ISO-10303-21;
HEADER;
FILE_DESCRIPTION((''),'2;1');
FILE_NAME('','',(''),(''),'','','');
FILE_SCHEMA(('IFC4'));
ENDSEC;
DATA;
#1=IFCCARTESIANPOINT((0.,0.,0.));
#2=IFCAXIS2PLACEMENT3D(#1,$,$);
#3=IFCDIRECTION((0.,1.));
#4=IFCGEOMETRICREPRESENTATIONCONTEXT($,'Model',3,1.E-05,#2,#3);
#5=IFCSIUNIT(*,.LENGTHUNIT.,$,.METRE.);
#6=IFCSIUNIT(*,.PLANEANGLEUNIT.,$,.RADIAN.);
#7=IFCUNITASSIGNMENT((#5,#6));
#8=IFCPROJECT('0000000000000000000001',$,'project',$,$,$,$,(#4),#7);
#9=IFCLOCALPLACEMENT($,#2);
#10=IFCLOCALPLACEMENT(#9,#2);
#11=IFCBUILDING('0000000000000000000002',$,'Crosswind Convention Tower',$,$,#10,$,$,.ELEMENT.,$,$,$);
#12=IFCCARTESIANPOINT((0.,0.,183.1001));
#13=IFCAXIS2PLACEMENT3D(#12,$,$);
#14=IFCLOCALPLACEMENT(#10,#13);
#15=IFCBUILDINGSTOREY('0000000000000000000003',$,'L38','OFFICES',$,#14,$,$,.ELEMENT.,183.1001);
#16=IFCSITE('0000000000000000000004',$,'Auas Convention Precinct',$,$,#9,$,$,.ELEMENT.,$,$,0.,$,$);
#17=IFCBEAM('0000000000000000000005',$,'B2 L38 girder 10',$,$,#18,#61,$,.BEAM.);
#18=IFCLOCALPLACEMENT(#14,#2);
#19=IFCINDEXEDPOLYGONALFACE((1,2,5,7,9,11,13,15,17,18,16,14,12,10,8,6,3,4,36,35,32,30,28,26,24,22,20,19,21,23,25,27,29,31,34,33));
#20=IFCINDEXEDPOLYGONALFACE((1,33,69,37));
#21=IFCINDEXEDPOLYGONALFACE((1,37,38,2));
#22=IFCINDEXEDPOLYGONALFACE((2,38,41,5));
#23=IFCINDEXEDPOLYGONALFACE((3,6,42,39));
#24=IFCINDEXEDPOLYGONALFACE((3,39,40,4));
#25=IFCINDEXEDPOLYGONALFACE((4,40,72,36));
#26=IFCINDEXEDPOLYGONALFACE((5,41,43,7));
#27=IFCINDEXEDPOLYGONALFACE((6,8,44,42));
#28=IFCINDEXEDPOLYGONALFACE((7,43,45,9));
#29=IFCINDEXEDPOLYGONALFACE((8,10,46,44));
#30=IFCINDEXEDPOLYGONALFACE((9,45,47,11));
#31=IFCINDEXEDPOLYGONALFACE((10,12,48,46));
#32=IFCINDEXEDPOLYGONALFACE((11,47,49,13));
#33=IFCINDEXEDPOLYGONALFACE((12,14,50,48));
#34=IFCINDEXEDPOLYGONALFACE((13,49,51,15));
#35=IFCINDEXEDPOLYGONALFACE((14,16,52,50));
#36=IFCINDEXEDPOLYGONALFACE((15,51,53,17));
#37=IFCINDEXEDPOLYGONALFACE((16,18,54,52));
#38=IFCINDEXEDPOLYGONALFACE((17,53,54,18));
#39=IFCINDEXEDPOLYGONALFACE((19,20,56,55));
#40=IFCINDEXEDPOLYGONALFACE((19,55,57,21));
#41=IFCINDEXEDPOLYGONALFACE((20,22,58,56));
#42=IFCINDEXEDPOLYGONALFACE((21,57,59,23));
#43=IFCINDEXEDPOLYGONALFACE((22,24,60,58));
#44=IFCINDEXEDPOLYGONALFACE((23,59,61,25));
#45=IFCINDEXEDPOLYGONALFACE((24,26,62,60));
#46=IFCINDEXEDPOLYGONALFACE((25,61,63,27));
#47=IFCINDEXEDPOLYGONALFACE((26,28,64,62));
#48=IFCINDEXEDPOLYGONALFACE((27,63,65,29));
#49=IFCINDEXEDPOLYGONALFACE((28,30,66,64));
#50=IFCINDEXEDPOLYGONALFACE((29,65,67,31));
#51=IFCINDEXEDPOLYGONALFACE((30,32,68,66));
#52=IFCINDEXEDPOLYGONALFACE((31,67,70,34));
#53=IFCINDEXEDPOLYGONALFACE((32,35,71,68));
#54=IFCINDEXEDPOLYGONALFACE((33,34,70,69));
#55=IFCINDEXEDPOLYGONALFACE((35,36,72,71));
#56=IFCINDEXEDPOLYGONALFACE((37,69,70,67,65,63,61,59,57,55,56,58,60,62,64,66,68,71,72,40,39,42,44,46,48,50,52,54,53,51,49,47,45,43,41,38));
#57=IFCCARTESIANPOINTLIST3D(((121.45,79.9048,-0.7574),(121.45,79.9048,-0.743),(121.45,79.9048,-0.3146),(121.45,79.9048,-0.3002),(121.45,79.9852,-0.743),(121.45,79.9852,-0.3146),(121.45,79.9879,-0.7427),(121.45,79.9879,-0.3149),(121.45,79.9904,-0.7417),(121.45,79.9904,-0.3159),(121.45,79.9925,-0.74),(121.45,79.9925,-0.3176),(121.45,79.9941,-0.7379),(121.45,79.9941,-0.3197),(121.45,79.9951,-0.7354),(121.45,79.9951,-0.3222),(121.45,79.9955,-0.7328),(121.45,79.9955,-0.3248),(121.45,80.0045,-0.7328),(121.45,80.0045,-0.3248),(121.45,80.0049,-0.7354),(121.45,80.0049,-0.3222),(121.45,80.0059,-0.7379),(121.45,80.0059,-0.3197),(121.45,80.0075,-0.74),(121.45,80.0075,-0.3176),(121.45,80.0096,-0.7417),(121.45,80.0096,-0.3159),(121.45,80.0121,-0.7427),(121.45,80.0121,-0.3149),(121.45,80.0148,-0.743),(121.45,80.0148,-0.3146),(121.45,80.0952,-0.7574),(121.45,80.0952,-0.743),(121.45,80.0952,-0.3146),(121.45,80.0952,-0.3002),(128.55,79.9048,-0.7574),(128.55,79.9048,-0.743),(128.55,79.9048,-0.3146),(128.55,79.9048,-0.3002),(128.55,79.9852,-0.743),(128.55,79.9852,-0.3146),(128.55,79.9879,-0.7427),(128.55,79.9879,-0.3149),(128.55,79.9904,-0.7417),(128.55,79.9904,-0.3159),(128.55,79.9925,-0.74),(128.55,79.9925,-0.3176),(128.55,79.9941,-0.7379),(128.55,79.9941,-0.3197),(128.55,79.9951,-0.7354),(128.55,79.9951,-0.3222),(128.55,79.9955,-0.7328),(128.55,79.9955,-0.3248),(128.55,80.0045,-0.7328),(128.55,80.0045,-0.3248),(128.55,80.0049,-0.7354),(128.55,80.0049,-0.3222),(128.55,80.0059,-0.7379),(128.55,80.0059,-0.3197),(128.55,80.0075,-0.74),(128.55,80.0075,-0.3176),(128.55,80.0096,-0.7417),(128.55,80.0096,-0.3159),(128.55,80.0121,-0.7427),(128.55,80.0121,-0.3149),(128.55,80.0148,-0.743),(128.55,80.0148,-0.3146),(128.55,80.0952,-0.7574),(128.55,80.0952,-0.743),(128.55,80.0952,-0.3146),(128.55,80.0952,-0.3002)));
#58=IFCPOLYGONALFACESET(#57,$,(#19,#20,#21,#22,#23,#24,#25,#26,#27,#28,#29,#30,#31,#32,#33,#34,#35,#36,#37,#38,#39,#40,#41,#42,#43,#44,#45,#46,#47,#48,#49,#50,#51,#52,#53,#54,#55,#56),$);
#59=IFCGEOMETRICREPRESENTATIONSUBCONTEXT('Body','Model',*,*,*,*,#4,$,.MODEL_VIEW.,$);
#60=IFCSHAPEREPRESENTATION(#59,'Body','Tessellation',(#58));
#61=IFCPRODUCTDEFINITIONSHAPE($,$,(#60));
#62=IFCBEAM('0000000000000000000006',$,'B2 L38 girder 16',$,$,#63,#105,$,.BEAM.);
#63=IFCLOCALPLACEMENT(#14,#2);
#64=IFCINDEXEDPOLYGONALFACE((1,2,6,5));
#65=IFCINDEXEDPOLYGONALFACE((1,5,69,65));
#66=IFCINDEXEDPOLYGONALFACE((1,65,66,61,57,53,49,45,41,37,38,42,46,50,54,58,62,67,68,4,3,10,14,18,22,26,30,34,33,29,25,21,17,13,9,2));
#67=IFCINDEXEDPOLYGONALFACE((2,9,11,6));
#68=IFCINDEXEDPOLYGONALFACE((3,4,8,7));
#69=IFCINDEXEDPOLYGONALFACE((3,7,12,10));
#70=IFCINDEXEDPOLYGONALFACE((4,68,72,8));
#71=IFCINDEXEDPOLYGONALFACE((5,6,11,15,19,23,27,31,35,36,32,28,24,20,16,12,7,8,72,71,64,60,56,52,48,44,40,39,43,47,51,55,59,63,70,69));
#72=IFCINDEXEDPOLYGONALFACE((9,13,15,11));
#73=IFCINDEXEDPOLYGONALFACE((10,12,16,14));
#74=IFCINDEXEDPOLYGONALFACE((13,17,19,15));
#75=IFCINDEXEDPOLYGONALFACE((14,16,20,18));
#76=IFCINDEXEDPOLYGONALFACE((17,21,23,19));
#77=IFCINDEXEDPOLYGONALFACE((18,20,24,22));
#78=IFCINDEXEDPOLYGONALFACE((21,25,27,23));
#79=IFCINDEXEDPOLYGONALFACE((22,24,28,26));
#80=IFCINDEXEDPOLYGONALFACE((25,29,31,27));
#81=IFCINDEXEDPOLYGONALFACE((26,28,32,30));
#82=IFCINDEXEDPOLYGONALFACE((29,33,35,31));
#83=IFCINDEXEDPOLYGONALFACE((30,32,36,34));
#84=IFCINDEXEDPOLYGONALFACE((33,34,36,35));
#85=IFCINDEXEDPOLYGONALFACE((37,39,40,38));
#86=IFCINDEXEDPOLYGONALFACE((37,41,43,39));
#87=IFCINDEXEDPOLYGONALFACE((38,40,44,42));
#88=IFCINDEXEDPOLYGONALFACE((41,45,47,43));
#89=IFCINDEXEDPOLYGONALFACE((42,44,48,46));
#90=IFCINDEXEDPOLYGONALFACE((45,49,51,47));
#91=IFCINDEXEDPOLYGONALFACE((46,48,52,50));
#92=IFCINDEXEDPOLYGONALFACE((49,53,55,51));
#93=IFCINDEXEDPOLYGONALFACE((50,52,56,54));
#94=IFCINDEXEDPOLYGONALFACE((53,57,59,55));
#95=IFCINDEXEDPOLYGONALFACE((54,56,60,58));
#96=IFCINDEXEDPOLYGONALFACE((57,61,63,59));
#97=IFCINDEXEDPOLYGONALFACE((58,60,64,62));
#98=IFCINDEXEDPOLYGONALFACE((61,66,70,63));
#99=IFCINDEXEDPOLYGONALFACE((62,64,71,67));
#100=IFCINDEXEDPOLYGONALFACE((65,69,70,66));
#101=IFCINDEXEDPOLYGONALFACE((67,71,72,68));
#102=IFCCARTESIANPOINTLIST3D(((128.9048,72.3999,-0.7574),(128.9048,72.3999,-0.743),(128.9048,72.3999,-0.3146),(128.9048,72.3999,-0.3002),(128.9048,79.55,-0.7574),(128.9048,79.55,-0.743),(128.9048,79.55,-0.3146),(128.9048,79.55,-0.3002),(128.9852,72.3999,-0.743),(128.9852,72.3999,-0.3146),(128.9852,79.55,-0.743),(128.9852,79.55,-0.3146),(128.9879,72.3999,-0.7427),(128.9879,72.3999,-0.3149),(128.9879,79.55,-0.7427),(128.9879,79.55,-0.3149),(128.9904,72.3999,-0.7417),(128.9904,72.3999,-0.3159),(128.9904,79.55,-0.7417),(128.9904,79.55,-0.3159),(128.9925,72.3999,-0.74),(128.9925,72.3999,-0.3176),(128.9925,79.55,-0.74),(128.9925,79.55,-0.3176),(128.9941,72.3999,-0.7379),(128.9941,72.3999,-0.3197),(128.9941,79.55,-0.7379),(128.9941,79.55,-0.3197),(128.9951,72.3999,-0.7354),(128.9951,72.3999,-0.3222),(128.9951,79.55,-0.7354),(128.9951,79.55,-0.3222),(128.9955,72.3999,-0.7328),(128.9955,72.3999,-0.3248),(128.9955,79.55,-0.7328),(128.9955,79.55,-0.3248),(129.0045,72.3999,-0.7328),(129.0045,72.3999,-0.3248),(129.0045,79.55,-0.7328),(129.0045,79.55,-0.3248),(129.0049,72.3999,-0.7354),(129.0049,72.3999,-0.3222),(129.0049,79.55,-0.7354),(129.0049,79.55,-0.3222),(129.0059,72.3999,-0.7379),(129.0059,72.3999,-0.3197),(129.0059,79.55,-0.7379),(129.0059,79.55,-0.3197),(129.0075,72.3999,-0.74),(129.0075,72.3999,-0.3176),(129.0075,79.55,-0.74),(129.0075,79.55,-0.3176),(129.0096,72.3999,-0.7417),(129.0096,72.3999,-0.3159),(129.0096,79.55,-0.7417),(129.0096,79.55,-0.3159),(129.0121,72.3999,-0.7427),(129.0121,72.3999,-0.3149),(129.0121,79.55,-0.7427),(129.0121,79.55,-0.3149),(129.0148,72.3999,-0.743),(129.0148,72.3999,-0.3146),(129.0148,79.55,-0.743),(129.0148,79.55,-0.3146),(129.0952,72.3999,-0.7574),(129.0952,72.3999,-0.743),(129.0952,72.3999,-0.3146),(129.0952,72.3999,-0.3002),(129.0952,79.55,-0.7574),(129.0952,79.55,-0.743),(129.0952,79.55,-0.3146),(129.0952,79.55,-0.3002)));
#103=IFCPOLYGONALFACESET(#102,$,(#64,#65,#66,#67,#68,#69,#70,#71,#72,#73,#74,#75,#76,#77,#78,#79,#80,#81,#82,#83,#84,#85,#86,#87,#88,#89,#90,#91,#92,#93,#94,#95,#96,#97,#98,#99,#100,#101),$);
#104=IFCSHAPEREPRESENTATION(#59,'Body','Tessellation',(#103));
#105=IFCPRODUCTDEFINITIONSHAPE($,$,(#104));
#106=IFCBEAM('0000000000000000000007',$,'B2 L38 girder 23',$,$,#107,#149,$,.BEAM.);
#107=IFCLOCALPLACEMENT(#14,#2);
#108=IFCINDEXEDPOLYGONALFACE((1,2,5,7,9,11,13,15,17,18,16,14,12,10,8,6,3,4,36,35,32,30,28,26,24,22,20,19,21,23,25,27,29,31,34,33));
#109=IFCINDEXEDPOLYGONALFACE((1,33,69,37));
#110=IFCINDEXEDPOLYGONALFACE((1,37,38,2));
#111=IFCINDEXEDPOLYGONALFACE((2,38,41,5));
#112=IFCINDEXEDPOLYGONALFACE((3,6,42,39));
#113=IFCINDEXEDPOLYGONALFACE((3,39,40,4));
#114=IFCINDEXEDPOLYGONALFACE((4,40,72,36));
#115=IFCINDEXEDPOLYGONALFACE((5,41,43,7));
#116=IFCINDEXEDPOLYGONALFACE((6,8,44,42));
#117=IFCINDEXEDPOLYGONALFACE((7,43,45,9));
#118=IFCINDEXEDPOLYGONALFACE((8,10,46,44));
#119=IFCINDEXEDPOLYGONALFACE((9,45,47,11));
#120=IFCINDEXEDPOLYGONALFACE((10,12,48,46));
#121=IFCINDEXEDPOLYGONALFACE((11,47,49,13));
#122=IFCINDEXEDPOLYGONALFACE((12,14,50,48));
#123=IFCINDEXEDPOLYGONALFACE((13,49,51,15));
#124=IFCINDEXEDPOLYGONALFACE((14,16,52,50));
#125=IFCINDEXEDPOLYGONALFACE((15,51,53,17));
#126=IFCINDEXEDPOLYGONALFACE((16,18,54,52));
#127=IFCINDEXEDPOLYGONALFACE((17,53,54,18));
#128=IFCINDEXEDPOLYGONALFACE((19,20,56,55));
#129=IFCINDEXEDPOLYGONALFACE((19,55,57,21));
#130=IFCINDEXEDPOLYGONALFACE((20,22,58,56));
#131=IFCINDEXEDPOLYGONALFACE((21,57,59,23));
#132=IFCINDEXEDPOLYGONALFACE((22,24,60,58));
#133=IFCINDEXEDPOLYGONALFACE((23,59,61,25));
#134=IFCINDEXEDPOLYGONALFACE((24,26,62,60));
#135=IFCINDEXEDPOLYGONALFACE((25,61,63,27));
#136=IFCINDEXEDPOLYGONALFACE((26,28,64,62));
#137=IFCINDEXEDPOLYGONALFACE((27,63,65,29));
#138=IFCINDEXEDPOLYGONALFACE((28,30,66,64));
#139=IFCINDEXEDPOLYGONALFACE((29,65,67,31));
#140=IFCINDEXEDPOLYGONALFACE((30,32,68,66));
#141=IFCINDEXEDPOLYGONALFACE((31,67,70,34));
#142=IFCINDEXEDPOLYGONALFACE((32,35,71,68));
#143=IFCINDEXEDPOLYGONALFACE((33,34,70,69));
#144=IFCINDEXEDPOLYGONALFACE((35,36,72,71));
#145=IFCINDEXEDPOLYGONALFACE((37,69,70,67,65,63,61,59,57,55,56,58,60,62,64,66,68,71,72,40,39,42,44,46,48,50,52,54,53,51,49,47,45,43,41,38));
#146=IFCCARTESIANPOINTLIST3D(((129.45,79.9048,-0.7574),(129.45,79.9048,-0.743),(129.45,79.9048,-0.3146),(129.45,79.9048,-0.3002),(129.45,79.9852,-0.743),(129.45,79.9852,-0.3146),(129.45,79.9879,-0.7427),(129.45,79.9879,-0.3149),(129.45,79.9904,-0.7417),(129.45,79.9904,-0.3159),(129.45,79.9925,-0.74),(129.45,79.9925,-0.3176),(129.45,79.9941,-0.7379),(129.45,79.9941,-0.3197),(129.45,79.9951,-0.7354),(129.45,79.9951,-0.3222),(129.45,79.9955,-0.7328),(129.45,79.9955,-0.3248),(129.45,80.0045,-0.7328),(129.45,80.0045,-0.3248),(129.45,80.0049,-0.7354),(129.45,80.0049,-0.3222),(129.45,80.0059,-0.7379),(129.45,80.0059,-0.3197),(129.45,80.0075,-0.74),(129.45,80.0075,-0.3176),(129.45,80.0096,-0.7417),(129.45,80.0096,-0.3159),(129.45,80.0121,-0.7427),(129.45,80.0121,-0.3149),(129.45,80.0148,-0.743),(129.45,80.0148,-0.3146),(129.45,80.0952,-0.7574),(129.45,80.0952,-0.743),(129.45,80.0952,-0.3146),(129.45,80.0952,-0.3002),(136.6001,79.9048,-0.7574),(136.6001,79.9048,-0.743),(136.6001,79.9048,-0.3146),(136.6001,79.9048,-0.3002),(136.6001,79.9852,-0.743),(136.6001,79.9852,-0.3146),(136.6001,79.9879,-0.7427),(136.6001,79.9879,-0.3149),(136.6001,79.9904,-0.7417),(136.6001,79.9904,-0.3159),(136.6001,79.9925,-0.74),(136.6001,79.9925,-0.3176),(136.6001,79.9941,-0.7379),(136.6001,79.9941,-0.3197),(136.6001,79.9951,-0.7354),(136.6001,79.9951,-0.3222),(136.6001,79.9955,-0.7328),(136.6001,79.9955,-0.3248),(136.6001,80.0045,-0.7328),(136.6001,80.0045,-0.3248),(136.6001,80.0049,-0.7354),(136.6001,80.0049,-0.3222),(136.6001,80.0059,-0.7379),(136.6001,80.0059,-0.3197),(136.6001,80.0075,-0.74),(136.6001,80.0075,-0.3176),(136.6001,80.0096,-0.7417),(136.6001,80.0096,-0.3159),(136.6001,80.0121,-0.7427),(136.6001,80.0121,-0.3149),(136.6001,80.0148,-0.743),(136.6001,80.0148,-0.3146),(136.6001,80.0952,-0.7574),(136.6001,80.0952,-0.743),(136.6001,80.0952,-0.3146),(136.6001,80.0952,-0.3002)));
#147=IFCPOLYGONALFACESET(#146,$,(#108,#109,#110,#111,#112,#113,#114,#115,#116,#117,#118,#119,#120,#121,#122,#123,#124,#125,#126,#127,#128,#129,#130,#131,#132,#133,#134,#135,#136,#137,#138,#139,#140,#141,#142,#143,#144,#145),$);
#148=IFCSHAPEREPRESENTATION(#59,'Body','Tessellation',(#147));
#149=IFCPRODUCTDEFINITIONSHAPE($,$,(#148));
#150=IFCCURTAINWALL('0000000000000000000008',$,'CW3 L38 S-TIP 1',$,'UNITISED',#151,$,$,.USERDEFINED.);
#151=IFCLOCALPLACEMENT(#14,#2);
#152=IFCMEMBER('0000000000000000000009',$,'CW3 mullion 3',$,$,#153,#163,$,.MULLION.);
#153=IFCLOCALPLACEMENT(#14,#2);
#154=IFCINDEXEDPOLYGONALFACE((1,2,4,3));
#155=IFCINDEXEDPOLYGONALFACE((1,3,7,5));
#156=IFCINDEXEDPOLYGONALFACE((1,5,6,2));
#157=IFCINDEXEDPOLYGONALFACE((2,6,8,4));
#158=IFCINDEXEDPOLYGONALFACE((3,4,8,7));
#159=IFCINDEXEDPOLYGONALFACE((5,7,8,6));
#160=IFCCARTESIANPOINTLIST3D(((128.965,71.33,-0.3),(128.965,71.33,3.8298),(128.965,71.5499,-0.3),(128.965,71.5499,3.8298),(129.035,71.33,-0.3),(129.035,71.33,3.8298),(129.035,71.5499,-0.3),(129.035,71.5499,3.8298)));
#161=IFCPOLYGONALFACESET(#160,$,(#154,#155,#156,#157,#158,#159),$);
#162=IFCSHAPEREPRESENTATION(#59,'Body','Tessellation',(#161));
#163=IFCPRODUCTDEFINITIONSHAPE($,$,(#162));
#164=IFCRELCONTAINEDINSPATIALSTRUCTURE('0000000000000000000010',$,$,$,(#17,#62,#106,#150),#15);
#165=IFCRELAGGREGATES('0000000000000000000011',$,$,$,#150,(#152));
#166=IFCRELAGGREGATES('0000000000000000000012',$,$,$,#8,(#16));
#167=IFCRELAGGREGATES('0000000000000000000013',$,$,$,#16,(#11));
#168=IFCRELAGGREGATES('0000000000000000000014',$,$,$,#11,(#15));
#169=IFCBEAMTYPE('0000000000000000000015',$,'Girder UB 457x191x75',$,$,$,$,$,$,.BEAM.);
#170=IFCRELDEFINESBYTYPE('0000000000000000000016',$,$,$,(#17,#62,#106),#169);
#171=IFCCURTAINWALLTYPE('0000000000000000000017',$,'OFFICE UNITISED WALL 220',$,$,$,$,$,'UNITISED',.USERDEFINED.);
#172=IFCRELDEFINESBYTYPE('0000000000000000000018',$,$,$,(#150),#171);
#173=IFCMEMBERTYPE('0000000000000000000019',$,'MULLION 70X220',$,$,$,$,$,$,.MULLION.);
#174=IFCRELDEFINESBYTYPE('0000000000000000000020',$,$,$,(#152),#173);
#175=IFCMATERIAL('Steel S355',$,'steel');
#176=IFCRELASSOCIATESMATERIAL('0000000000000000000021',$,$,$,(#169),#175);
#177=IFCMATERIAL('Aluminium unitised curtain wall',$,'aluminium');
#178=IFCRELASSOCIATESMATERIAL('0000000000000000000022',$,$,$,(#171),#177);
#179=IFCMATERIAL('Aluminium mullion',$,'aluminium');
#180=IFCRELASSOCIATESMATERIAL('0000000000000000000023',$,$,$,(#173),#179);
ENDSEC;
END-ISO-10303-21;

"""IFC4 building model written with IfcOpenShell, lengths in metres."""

from ifc_helpers import new_model, si_unit, direction, frame, origin, origin_2d, place, context, subcontext, project, spatial, rectangle, i_section, extrude, material, material_profile, profile_set, type_object, element, aggregate, save


model = new_model("IFC4")

# Units and contexts
model_context = context("Model", 3, precision=1e-05, world=origin(), true_north=direction((0.0, 1.0)))
body_context = subcontext(model_context, "Body", "Model", "MODEL_VIEW")
ifc_project = project(units=[si_unit("LENGTHUNIT", "METRE"), si_unit("PLANEANGLEUNIT", "RADIAN")], contexts=[model_context])

# Site, building, storey
site_placement = place(None, origin())
site = spatial("IfcSite", under=ifc_project, at=site_placement, Name="Auas Convention Precinct", CompositionType="ELEMENT", RefElevation=0.0)
building_placement = place(site_placement, origin())
building = spatial("IfcBuilding", under=site, at=building_placement, Name="Crosswind Convention Tower", CompositionType="ELEMENT")
storey_placement = place(building_placement, frame((0.0, 0.0, 183.1001)))
storey = spatial("IfcBuildingStorey", under=building, at=storey_placement, Name="L38", Description="OFFICES", CompositionType="ELEMENT", Elevation=183.1001)

# Beams
ifc_material_1 = material(Name="Steel S355", Category="steel")
ifc_material_profile_1 = material_profile(ifc_material_1, i_section(OverallWidth=0.1904, OverallDepth=0.4573, WebThickness=0.009, FlangeThickness=0.0144, FilletRadius=0.0103, at=origin_2d()), Name="UB 457x191x75")
ifc_profile_set_1 = profile_set([ifc_material_profile_1], Name="Steel S355")
beam_type_1 = type_object("IfcBeamType", Name="Girder UB 457x191x75", PredefinedType="BEAM", material=ifc_profile_set_1)
beam_1_placement = place(storey_placement, frame((121.45, 80.0, -0.5288), z_axis=(1.0, 0.0, 0.0), x_axis=(0.0, 1.0, 0.0)))
element("IfcBeam", 1, at=beam_1_placement, inside=storey, type_object=beam_type_1, Name="B2 L38 girder 10", PredefinedType="BEAM", context=body_context, shape_type="SweptSolid", body=[
    extrude(i_section(OverallWidth=0.1904, OverallDepth=0.4573, WebThickness=0.009, FlangeThickness=0.0144, FilletRadius=0.0103, at=origin_2d()), origin(), (0.0, 0.0, 1.0), 7.1001),
])
for number, where, z_axis, x_axis, name in (
    (2, (129.0, 72.3999, -0.5288), (0.0, 1.0, 0.0), (-1.0, 0.0, 0.0), "B2 L38 girder 16"),
    (3, (129.45, 80.0, -0.5288), (1.0, 0.0, 0.0), (0.0, 1.0, 0.0), "B2 L38 girder 23"),
):
    element("IfcBeam", number, at=place(storey_placement, frame(where, z_axis=z_axis, x_axis=x_axis)), inside=storey, type_object=beam_type_1, Name=name, PredefinedType="BEAM", context=body_context, shape_type="SweptSolid", body=[
        extrude(i_section(OverallWidth=0.1904, OverallDepth=0.4573, WebThickness=0.009, FlangeThickness=0.0144, FilletRadius=0.0103, at=origin_2d()), origin(), (0.0, 0.0, 1.0), 7.1501),
    ])

# Curtain wall, member
ifc_material_2 = material(Name="Aluminium unitised curtain wall", Category="aluminium")
curtain_wall_type = type_object("IfcCurtainWallType", Name="OFFICE UNITISED WALL 220", ElementType="UNITISED", PredefinedType="USERDEFINED", material=ifc_material_2)
curtain_wall_placement = place(storey_placement, origin())
curtain_wall = element("IfcCurtainWall", 4, at=curtain_wall_placement, inside=storey, type_object=curtain_wall_type, Name="CW3 L38 S-TIP 1", ObjectType="UNITISED", PredefinedType="USERDEFINED")
ifc_material_3 = material(Name="Aluminium mullion", Category="aluminium")
ifc_material_profile_2 = material_profile(ifc_material_3, rectangle(XDim=0.22, YDim=0.0701, at=origin_2d()), Name="AL 220X70")
ifc_profile_set_2 = profile_set([ifc_material_profile_2], Name="Aluminium mullion")
member_type = type_object("IfcMemberType", Name="MULLION 70X220", PredefinedType="MULLION", material=ifc_profile_set_2)
member_placement = place(storey_placement, frame((129.0, 71.4399, -0.3), z_axis=(0.0, 0.0, 1.0), x_axis=(0.0, -1.0, 0.0)))
member = element("IfcMember", 5, at=member_placement, type_object=member_type, Name="CW3 mullion 3", PredefinedType="MULLION", context=body_context, shape_type="SweptSolid", body=[
    extrude(rectangle(XDim=0.22, YDim=0.0701, at=origin_2d()), origin(), (0.0, 0.0, 1.0), 4.1299),
])

aggregate(curtain_wall, [member])

save(model, "model.ifc")
